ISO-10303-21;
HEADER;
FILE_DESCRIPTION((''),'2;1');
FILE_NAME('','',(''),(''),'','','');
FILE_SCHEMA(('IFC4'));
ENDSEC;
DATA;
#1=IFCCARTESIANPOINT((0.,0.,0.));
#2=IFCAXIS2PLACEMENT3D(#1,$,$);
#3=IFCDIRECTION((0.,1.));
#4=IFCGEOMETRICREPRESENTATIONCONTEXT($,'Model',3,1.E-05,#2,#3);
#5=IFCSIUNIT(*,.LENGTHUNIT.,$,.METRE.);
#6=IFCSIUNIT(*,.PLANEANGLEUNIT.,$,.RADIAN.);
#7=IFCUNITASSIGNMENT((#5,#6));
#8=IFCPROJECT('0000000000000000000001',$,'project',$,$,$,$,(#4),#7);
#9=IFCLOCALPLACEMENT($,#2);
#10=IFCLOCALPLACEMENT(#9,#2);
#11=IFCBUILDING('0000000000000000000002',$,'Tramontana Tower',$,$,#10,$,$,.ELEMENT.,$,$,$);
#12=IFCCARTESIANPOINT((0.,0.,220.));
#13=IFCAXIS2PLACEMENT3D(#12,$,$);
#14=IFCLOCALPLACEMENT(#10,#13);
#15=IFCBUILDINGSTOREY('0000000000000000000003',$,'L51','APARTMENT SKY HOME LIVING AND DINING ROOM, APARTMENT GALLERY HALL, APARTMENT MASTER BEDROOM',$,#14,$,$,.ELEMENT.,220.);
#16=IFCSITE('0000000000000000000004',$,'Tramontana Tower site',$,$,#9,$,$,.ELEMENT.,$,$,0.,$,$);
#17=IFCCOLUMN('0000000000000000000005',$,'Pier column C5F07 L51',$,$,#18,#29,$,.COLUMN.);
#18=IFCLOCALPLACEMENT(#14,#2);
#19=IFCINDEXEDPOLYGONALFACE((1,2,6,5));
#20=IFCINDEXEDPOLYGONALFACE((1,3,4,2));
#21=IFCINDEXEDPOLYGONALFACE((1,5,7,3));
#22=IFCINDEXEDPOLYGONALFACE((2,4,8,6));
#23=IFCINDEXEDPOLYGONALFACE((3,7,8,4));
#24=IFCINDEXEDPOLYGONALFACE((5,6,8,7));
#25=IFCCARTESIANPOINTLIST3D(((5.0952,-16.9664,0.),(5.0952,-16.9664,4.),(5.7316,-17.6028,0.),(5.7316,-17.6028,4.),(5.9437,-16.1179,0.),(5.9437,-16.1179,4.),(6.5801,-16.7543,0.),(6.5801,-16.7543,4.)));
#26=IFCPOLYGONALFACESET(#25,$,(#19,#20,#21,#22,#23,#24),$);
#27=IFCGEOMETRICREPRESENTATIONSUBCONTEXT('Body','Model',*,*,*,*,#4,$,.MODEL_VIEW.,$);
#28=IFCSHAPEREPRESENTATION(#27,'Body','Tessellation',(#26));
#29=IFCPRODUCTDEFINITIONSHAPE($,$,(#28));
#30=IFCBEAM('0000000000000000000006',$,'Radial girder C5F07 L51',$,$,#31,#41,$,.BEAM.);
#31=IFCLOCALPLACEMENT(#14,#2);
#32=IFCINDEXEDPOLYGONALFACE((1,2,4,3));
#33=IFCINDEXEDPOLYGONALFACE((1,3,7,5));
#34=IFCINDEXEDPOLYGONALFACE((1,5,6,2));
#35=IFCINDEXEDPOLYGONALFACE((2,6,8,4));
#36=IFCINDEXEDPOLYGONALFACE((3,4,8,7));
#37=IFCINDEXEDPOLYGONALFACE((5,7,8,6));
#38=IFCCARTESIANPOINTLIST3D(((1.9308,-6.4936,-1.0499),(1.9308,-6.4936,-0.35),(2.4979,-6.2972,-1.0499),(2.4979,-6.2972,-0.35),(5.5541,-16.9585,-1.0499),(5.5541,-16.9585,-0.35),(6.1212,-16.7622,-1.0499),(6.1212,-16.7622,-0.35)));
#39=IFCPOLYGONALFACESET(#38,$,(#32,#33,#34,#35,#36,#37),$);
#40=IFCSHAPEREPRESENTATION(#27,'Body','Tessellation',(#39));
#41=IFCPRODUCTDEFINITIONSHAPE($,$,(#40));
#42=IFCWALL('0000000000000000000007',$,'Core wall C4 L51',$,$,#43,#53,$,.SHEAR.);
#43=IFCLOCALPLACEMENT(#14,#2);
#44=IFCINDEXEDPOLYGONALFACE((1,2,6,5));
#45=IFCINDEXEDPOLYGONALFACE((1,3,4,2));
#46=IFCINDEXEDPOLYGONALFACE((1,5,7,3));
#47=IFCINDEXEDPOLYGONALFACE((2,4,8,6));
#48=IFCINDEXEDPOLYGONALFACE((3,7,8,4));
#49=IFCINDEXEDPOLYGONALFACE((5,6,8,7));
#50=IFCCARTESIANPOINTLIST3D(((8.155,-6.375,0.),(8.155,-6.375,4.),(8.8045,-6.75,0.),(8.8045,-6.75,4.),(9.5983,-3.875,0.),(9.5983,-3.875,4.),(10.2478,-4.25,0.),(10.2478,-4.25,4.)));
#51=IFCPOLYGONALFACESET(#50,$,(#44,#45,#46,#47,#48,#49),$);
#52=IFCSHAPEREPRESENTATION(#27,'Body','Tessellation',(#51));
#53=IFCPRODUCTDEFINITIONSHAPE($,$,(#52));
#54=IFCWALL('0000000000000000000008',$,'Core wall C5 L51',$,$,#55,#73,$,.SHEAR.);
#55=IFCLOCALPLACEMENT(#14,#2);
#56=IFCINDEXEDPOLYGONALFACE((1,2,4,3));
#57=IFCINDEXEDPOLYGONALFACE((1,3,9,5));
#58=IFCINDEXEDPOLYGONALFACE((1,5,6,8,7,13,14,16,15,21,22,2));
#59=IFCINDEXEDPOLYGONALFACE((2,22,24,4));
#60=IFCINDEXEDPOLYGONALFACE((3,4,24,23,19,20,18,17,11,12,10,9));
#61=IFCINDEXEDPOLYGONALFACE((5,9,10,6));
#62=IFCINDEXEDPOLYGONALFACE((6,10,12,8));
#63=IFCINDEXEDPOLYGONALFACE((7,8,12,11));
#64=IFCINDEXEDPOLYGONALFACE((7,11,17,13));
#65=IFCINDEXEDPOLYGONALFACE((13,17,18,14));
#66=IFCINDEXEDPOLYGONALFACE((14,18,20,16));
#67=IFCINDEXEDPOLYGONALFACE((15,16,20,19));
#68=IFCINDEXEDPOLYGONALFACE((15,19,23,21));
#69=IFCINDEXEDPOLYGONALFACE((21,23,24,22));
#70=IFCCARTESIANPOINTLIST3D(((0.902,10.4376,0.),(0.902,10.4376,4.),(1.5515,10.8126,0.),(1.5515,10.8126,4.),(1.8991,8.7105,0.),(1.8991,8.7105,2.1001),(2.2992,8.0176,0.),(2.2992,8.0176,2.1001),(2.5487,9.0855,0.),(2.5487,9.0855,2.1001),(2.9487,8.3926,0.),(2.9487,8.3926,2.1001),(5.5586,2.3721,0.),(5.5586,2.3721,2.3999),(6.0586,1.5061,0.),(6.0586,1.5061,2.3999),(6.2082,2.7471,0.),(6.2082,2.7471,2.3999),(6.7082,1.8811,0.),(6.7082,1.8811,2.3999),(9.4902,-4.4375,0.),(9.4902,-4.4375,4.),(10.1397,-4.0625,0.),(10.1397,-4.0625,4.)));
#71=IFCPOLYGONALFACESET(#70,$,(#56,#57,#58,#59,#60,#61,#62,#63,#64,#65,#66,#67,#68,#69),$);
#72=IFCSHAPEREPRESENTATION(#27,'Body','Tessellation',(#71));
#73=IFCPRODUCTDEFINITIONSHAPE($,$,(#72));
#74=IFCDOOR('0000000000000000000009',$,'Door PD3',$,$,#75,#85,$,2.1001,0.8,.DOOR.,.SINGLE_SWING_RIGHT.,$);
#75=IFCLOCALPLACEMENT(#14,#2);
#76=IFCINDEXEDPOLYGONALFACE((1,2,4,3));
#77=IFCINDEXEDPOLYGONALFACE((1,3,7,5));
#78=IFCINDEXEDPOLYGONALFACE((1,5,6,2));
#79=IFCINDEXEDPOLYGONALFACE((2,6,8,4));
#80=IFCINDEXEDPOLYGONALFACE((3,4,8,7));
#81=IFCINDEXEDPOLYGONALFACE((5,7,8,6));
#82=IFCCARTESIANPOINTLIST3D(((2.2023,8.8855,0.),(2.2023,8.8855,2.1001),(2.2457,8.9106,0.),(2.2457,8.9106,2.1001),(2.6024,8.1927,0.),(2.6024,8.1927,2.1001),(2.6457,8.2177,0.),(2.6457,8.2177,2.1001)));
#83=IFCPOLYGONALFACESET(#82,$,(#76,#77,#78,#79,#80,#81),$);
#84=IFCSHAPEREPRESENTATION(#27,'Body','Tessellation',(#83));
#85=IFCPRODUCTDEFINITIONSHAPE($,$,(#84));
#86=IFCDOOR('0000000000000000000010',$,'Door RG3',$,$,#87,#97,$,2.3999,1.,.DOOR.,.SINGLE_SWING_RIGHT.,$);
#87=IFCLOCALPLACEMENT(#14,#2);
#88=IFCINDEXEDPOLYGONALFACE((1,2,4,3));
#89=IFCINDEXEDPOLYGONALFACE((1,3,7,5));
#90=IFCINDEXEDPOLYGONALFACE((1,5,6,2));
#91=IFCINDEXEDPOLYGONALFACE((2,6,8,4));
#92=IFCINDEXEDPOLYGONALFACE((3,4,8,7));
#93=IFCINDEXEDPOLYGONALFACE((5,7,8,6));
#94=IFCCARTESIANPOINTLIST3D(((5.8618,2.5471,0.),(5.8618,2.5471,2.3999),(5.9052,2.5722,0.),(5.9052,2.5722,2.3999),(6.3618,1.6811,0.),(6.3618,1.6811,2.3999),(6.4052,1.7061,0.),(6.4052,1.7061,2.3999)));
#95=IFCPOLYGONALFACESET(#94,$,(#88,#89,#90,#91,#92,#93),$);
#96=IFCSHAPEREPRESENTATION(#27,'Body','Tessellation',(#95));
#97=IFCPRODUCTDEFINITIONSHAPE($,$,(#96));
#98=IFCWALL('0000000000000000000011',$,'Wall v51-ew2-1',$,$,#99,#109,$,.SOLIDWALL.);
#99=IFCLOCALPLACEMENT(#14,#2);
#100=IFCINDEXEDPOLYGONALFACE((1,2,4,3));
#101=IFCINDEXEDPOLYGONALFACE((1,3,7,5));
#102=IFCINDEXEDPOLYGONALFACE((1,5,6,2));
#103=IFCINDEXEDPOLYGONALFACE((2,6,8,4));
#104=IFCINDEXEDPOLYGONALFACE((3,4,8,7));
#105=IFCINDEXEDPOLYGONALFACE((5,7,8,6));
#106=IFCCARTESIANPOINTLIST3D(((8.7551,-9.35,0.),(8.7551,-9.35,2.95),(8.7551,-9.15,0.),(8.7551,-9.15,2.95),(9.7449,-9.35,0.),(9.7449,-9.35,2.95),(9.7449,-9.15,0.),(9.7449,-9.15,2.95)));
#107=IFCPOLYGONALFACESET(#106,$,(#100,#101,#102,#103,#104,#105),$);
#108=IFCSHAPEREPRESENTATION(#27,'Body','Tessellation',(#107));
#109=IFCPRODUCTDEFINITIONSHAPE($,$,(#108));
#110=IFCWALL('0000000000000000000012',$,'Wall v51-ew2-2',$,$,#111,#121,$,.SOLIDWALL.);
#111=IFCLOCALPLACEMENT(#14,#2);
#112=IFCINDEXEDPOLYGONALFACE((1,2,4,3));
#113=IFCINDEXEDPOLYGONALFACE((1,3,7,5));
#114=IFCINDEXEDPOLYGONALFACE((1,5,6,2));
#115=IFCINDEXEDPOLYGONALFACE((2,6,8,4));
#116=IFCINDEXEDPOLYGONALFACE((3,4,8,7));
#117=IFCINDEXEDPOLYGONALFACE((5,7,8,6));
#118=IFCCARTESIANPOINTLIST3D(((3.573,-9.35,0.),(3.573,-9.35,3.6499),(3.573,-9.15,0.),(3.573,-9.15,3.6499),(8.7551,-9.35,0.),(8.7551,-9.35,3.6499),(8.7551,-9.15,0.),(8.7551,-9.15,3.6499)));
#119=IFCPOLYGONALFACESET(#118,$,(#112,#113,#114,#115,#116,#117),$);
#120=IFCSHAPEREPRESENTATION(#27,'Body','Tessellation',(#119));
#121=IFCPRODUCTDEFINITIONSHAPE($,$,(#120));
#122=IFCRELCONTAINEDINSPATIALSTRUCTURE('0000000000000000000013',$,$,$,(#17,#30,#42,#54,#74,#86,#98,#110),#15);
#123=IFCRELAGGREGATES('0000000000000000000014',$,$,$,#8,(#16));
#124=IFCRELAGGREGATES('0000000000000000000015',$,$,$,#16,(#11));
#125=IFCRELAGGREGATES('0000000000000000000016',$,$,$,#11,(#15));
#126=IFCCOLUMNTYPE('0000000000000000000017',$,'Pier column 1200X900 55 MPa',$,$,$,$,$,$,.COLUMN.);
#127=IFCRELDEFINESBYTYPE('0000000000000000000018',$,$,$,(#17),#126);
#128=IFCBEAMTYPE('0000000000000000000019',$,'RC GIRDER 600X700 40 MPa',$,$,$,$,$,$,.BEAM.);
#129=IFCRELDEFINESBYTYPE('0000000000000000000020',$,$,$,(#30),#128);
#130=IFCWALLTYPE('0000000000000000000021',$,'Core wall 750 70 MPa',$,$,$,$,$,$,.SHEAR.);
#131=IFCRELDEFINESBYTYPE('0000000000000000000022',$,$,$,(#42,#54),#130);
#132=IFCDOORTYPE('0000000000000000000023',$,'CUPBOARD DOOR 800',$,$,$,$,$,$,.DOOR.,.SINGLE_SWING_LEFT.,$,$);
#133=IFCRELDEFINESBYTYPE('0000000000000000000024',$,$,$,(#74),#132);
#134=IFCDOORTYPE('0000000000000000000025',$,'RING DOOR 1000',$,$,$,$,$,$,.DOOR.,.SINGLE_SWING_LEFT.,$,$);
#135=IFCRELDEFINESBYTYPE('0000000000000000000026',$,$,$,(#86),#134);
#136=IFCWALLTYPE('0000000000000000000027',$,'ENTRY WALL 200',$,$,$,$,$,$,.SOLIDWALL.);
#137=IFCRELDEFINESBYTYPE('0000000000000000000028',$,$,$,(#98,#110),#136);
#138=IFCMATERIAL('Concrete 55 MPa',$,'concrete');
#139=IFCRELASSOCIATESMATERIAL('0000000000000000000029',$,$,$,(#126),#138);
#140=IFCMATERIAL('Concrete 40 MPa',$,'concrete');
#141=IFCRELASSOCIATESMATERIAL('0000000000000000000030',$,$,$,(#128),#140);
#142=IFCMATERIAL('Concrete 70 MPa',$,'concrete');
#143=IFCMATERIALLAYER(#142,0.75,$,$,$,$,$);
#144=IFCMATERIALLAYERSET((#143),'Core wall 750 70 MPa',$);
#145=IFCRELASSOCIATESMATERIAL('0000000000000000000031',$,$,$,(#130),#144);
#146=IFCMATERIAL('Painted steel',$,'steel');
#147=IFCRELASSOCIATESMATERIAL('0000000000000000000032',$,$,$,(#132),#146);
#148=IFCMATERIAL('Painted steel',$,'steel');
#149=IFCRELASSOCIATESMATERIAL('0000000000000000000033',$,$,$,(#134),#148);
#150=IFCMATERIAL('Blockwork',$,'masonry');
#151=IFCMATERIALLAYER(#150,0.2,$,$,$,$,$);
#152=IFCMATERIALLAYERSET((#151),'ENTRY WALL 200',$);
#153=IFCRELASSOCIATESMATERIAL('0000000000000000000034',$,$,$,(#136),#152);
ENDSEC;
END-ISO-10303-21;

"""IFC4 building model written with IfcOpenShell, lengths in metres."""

from ifc_helpers import new_model, si_unit, direction, frame, frame_2d, origin, origin_2d, place, context, subcontext, project, spatial, rectangle, extrude, material, layer, layer_set, material_profile, profile_set, type_object, element, fill, save


model = new_model("IFC4")

# Units and contexts
model_context = context("Model", 3, precision=1e-05, world=origin(), true_north=direction((0.0, 1.0)))
body_context = subcontext(model_context, "Body", "Model", "MODEL_VIEW")
ifc_project = project(units=[si_unit("LENGTHUNIT", "METRE"), si_unit("PLANEANGLEUNIT", "RADIAN")], contexts=[model_context])

# Site, building, storey
site_placement = place(None, origin())
site = spatial("IfcSite", under=ifc_project, at=site_placement, Name="Tramontana Tower site", CompositionType="ELEMENT", RefElevation=0.0)
building_placement = place(site_placement, origin())
building = spatial("IfcBuilding", under=site, at=building_placement, Name="Tramontana Tower", CompositionType="ELEMENT")
storey_placement = place(building_placement, frame((0.0, 0.0, 220.0)))
storey = spatial("IfcBuildingStorey", under=building, at=storey_placement, Name="L51", Description="APARTMENT SKY HOME LIVING AND DINING ROOM, APARTMENT GALLERY HALL, APARTMENT MASTER BEDROOM", CompositionType="ELEMENT", Elevation=220.0)

# Column
ifc_material_1 = material(Name="Concrete 55 MPa", Category="concrete")
ifc_material_profile_1 = material_profile(ifc_material_1, rectangle(XDim=1.2, YDim=0.8999, at=origin_2d()), Name="Pier column 1200X900 55 MPa")
ifc_profile_set_1 = profile_set([ifc_material_profile_1], Name="Concrete 55 MPa")
column_type = type_object("IfcColumnType", Name="Pier column 1200X900 55 MPa", PredefinedType="COLUMN", material=ifc_profile_set_1)
column_placement = place(storey_placement, frame((5.8376, -16.8604, 0.0), z_axis=(0.0, 0.0, 1.0), x_axis=(0.707107, 0.707107, 0.0)))
element("IfcColumn", 1, at=column_placement, inside=storey, type_object=column_type, Name="Pier column C5F07 L51", PredefinedType="COLUMN", context=body_context, shape_type="SweptSolid", body=[
    extrude(rectangle(XDim=1.2, YDim=0.8999, at=origin_2d()), origin(), (0.0, 0.0, 1.0), 4.0),
])

# Beam
ifc_material_2 = material(Name="Concrete 40 MPa", Category="concrete")
ifc_material_profile_2 = material_profile(ifc_material_2, rectangle(XDim=0.6001, YDim=0.7, at=origin_2d()), Name="RC GIRDER 600X700 40 MPa")
ifc_profile_set_2 = profile_set([ifc_material_profile_2], Name="Concrete 40 MPa")
beam_type = type_object("IfcBeamType", Name="RC GIRDER 600X700 40 MPa", PredefinedType="BEAM", material=ifc_profile_set_2)
beam_placement = place(storey_placement, frame((5.8376, -16.8604, -0.7), z_axis=(-0.327179, 0.944962, 0.0), x_axis=(-0.944962, -0.327179, 0.0)))
element("IfcBeam", 2, at=beam_placement, inside=storey, type_object=beam_type, Name="Radial girder C5F07 L51", PredefinedType="BEAM", context=body_context, shape_type="SweptSolid", body=[
    extrude(rectangle(XDim=0.6001, YDim=0.7, at=origin_2d()), origin(), (0.0, 0.0, 1.0), 11.0745),
])

# Wall
ifc_material_3 = material(Name="Concrete 70 MPa", Category="concrete")
ifc_layer_1 = layer(ifc_material_3, 0.75)
ifc_layer_set_1 = layer_set([ifc_layer_1], Name="Core wall 750 70 MPa")
wall_type_1 = type_object("IfcWallType", Name="Core wall 750 70 MPa", PredefinedType="SHEAR", material=ifc_layer_set_1)
wall_1_placement = place(storey_placement, frame((8.4797, -6.5625, 0.0), z_axis=(0.0, 0.0, 1.0), x_axis=(0.499996, 0.866028, 0.0)))
element("IfcWall", 3, at=wall_1_placement, inside=storey, type_object=wall_type_1, Name="Core wall C4 L51", PredefinedType="SHEAR", context=body_context, shape_type="SweptSolid", body=[
    extrude(rectangle(XDim=2.8867, YDim=0.75, at=frame_2d((1.4434, 0.0))), origin(), (0.0, 0.0, 1.0), 4.0),
])

# Wall, openings, doors
wall_2_placement = place(storey_placement, frame((9.8149, -4.25, 0.0), z_axis=(0.0, 0.0, 1.0), x_axis=(-0.500002, 0.866024, 0.0)))
wall_2 = element("IfcWall", 4, at=wall_2_placement, inside=storey, type_object=wall_type_1, Name="Core wall C5 L51", PredefinedType="SHEAR", context=body_context, shape_type="SweptSolid", body=[
    extrude(rectangle(XDim=17.1763, YDim=0.75, at=frame_2d((8.5881, 0.0))), origin(), (0.0, 0.0, 1.0), 4.0),
])
opening_1_placement = place(wall_2_placement, frame((6.863, 0.0, 0.0)))
opening_1 = element("IfcOpeningElement", 5, at=opening_1_placement, cuts=wall_2, PredefinedType="OPENING", context=body_context, shape_type="SweptSolid", body=[
    extrude(rectangle(XDim=1.0, YDim=2.3999, at=frame_2d((0.5, 1.2))), frame((0.0, 0.385, 0.0), z_axis=(0.0, -1.0, 0.0), x_axis=(1.0, 0.0, 0.0)), (0.0, 0.0, 1.0), 0.77),
])
opening_2_placement = place(wall_2_placement, frame((14.3821, 0.0, 0.0)))
opening_2 = element("IfcOpeningElement", 6, at=opening_2_placement, cuts=wall_2, PredefinedType="OPENING", context=body_context, shape_type="SweptSolid", body=[
    extrude(rectangle(XDim=0.8, YDim=2.1001, at=frame_2d((0.3999, 1.05))), frame((0.0, 0.385, 0.0), z_axis=(0.0, -1.0, 0.0), x_axis=(1.0, 0.0, 0.0)), (0.0, 0.0, 1.0), 0.77),
])
ifc_material_4 = material(Name="Painted steel", Category="steel")
door_type_1 = type_object("IfcDoorType", Name="CUPBOARD DOOR 800", OperationType="SINGLE_SWING_LEFT", PredefinedType="DOOR", material=ifc_material_4)
door_1_placement = place(opening_2_placement, origin())
door_1 = element("IfcDoor", 7, at=door_1_placement, inside=storey, type_object=door_type_1, Name="Door PD3", OperationType="SINGLE_SWING_RIGHT", OverallHeight=2.1001, OverallWidth=0.8, PredefinedType="DOOR", context=body_context, shape_type="SweptSolid", body=[
    extrude(rectangle(XDim=0.8, YDim=2.1001, at=frame_2d((0.3999, 1.05))), frame((0.0, 0.0249, 0.0), z_axis=(0.0, -1.0, 0.0), x_axis=(1.0, 0.0, 0.0)), (0.0, 0.0, 1.0), 0.05),
])
fill(opening_2, door_1)
ifc_material_5 = material(Name="Painted steel", Category="steel")
door_type_2 = type_object("IfcDoorType", Name="RING DOOR 1000", OperationType="SINGLE_SWING_LEFT", PredefinedType="DOOR", material=ifc_material_5)
door_2_placement = place(opening_1_placement, origin())
door_2 = element("IfcDoor", 8, at=door_2_placement, inside=storey, type_object=door_type_2, Name="Door RG3", OperationType="SINGLE_SWING_RIGHT", OverallHeight=2.3999, OverallWidth=1.0, PredefinedType="DOOR", context=body_context, shape_type="SweptSolid", body=[
    extrude(rectangle(XDim=1.0, YDim=2.3999, at=frame_2d((0.5, 1.2))), frame((0.0, 0.0249, 0.0), z_axis=(0.0, -1.0, 0.0), x_axis=(1.0, 0.0, 0.0)), (0.0, 0.0, 1.0), 0.05),
])
fill(opening_1, door_2)

# Walls
ifc_material_6 = material(Name="Blockwork", Category="masonry")
ifc_layer_2 = layer(ifc_material_6, 0.2)
ifc_layer_set_2 = layer_set([ifc_layer_2], Name="ENTRY WALL 200")
wall_type_2 = type_object("IfcWallType", Name="ENTRY WALL 200", PredefinedType="SOLIDWALL", material=ifc_layer_set_2)
wall_3_placement = place(storey_placement, frame((9.7449, -9.25, 0.0), z_axis=(0.0, 0.0, 1.0), x_axis=(-1.0, 0.0, 0.0)))
element("IfcWall", 9, at=wall_3_placement, inside=storey, type_object=wall_type_2, Name="Wall v51-ew2-1", PredefinedType="SOLIDWALL", context=body_context, shape_type="SweptSolid", body=[
    extrude(rectangle(XDim=0.9897, YDim=0.2, at=frame_2d((0.4949, 0.0))), origin(), (0.0, 0.0, 1.0), 2.95),
])
wall_4_placement = place(storey_placement, frame((8.7551, -9.25, 0.0), z_axis=(0.0, 0.0, 1.0), x_axis=(-1.0, 0.0, 0.0)))
element("IfcWall", 10, at=wall_4_placement, inside=storey, type_object=wall_type_2, Name="Wall v51-ew2-2", PredefinedType="SOLIDWALL", context=body_context, shape_type="SweptSolid", body=[
    extrude(rectangle(XDim=5.1821, YDim=0.2, at=frame_2d((2.5911, 0.0))), origin(), (0.0, 0.0, 1.0), 3.6499),
])

save(model, "model.ifc")
